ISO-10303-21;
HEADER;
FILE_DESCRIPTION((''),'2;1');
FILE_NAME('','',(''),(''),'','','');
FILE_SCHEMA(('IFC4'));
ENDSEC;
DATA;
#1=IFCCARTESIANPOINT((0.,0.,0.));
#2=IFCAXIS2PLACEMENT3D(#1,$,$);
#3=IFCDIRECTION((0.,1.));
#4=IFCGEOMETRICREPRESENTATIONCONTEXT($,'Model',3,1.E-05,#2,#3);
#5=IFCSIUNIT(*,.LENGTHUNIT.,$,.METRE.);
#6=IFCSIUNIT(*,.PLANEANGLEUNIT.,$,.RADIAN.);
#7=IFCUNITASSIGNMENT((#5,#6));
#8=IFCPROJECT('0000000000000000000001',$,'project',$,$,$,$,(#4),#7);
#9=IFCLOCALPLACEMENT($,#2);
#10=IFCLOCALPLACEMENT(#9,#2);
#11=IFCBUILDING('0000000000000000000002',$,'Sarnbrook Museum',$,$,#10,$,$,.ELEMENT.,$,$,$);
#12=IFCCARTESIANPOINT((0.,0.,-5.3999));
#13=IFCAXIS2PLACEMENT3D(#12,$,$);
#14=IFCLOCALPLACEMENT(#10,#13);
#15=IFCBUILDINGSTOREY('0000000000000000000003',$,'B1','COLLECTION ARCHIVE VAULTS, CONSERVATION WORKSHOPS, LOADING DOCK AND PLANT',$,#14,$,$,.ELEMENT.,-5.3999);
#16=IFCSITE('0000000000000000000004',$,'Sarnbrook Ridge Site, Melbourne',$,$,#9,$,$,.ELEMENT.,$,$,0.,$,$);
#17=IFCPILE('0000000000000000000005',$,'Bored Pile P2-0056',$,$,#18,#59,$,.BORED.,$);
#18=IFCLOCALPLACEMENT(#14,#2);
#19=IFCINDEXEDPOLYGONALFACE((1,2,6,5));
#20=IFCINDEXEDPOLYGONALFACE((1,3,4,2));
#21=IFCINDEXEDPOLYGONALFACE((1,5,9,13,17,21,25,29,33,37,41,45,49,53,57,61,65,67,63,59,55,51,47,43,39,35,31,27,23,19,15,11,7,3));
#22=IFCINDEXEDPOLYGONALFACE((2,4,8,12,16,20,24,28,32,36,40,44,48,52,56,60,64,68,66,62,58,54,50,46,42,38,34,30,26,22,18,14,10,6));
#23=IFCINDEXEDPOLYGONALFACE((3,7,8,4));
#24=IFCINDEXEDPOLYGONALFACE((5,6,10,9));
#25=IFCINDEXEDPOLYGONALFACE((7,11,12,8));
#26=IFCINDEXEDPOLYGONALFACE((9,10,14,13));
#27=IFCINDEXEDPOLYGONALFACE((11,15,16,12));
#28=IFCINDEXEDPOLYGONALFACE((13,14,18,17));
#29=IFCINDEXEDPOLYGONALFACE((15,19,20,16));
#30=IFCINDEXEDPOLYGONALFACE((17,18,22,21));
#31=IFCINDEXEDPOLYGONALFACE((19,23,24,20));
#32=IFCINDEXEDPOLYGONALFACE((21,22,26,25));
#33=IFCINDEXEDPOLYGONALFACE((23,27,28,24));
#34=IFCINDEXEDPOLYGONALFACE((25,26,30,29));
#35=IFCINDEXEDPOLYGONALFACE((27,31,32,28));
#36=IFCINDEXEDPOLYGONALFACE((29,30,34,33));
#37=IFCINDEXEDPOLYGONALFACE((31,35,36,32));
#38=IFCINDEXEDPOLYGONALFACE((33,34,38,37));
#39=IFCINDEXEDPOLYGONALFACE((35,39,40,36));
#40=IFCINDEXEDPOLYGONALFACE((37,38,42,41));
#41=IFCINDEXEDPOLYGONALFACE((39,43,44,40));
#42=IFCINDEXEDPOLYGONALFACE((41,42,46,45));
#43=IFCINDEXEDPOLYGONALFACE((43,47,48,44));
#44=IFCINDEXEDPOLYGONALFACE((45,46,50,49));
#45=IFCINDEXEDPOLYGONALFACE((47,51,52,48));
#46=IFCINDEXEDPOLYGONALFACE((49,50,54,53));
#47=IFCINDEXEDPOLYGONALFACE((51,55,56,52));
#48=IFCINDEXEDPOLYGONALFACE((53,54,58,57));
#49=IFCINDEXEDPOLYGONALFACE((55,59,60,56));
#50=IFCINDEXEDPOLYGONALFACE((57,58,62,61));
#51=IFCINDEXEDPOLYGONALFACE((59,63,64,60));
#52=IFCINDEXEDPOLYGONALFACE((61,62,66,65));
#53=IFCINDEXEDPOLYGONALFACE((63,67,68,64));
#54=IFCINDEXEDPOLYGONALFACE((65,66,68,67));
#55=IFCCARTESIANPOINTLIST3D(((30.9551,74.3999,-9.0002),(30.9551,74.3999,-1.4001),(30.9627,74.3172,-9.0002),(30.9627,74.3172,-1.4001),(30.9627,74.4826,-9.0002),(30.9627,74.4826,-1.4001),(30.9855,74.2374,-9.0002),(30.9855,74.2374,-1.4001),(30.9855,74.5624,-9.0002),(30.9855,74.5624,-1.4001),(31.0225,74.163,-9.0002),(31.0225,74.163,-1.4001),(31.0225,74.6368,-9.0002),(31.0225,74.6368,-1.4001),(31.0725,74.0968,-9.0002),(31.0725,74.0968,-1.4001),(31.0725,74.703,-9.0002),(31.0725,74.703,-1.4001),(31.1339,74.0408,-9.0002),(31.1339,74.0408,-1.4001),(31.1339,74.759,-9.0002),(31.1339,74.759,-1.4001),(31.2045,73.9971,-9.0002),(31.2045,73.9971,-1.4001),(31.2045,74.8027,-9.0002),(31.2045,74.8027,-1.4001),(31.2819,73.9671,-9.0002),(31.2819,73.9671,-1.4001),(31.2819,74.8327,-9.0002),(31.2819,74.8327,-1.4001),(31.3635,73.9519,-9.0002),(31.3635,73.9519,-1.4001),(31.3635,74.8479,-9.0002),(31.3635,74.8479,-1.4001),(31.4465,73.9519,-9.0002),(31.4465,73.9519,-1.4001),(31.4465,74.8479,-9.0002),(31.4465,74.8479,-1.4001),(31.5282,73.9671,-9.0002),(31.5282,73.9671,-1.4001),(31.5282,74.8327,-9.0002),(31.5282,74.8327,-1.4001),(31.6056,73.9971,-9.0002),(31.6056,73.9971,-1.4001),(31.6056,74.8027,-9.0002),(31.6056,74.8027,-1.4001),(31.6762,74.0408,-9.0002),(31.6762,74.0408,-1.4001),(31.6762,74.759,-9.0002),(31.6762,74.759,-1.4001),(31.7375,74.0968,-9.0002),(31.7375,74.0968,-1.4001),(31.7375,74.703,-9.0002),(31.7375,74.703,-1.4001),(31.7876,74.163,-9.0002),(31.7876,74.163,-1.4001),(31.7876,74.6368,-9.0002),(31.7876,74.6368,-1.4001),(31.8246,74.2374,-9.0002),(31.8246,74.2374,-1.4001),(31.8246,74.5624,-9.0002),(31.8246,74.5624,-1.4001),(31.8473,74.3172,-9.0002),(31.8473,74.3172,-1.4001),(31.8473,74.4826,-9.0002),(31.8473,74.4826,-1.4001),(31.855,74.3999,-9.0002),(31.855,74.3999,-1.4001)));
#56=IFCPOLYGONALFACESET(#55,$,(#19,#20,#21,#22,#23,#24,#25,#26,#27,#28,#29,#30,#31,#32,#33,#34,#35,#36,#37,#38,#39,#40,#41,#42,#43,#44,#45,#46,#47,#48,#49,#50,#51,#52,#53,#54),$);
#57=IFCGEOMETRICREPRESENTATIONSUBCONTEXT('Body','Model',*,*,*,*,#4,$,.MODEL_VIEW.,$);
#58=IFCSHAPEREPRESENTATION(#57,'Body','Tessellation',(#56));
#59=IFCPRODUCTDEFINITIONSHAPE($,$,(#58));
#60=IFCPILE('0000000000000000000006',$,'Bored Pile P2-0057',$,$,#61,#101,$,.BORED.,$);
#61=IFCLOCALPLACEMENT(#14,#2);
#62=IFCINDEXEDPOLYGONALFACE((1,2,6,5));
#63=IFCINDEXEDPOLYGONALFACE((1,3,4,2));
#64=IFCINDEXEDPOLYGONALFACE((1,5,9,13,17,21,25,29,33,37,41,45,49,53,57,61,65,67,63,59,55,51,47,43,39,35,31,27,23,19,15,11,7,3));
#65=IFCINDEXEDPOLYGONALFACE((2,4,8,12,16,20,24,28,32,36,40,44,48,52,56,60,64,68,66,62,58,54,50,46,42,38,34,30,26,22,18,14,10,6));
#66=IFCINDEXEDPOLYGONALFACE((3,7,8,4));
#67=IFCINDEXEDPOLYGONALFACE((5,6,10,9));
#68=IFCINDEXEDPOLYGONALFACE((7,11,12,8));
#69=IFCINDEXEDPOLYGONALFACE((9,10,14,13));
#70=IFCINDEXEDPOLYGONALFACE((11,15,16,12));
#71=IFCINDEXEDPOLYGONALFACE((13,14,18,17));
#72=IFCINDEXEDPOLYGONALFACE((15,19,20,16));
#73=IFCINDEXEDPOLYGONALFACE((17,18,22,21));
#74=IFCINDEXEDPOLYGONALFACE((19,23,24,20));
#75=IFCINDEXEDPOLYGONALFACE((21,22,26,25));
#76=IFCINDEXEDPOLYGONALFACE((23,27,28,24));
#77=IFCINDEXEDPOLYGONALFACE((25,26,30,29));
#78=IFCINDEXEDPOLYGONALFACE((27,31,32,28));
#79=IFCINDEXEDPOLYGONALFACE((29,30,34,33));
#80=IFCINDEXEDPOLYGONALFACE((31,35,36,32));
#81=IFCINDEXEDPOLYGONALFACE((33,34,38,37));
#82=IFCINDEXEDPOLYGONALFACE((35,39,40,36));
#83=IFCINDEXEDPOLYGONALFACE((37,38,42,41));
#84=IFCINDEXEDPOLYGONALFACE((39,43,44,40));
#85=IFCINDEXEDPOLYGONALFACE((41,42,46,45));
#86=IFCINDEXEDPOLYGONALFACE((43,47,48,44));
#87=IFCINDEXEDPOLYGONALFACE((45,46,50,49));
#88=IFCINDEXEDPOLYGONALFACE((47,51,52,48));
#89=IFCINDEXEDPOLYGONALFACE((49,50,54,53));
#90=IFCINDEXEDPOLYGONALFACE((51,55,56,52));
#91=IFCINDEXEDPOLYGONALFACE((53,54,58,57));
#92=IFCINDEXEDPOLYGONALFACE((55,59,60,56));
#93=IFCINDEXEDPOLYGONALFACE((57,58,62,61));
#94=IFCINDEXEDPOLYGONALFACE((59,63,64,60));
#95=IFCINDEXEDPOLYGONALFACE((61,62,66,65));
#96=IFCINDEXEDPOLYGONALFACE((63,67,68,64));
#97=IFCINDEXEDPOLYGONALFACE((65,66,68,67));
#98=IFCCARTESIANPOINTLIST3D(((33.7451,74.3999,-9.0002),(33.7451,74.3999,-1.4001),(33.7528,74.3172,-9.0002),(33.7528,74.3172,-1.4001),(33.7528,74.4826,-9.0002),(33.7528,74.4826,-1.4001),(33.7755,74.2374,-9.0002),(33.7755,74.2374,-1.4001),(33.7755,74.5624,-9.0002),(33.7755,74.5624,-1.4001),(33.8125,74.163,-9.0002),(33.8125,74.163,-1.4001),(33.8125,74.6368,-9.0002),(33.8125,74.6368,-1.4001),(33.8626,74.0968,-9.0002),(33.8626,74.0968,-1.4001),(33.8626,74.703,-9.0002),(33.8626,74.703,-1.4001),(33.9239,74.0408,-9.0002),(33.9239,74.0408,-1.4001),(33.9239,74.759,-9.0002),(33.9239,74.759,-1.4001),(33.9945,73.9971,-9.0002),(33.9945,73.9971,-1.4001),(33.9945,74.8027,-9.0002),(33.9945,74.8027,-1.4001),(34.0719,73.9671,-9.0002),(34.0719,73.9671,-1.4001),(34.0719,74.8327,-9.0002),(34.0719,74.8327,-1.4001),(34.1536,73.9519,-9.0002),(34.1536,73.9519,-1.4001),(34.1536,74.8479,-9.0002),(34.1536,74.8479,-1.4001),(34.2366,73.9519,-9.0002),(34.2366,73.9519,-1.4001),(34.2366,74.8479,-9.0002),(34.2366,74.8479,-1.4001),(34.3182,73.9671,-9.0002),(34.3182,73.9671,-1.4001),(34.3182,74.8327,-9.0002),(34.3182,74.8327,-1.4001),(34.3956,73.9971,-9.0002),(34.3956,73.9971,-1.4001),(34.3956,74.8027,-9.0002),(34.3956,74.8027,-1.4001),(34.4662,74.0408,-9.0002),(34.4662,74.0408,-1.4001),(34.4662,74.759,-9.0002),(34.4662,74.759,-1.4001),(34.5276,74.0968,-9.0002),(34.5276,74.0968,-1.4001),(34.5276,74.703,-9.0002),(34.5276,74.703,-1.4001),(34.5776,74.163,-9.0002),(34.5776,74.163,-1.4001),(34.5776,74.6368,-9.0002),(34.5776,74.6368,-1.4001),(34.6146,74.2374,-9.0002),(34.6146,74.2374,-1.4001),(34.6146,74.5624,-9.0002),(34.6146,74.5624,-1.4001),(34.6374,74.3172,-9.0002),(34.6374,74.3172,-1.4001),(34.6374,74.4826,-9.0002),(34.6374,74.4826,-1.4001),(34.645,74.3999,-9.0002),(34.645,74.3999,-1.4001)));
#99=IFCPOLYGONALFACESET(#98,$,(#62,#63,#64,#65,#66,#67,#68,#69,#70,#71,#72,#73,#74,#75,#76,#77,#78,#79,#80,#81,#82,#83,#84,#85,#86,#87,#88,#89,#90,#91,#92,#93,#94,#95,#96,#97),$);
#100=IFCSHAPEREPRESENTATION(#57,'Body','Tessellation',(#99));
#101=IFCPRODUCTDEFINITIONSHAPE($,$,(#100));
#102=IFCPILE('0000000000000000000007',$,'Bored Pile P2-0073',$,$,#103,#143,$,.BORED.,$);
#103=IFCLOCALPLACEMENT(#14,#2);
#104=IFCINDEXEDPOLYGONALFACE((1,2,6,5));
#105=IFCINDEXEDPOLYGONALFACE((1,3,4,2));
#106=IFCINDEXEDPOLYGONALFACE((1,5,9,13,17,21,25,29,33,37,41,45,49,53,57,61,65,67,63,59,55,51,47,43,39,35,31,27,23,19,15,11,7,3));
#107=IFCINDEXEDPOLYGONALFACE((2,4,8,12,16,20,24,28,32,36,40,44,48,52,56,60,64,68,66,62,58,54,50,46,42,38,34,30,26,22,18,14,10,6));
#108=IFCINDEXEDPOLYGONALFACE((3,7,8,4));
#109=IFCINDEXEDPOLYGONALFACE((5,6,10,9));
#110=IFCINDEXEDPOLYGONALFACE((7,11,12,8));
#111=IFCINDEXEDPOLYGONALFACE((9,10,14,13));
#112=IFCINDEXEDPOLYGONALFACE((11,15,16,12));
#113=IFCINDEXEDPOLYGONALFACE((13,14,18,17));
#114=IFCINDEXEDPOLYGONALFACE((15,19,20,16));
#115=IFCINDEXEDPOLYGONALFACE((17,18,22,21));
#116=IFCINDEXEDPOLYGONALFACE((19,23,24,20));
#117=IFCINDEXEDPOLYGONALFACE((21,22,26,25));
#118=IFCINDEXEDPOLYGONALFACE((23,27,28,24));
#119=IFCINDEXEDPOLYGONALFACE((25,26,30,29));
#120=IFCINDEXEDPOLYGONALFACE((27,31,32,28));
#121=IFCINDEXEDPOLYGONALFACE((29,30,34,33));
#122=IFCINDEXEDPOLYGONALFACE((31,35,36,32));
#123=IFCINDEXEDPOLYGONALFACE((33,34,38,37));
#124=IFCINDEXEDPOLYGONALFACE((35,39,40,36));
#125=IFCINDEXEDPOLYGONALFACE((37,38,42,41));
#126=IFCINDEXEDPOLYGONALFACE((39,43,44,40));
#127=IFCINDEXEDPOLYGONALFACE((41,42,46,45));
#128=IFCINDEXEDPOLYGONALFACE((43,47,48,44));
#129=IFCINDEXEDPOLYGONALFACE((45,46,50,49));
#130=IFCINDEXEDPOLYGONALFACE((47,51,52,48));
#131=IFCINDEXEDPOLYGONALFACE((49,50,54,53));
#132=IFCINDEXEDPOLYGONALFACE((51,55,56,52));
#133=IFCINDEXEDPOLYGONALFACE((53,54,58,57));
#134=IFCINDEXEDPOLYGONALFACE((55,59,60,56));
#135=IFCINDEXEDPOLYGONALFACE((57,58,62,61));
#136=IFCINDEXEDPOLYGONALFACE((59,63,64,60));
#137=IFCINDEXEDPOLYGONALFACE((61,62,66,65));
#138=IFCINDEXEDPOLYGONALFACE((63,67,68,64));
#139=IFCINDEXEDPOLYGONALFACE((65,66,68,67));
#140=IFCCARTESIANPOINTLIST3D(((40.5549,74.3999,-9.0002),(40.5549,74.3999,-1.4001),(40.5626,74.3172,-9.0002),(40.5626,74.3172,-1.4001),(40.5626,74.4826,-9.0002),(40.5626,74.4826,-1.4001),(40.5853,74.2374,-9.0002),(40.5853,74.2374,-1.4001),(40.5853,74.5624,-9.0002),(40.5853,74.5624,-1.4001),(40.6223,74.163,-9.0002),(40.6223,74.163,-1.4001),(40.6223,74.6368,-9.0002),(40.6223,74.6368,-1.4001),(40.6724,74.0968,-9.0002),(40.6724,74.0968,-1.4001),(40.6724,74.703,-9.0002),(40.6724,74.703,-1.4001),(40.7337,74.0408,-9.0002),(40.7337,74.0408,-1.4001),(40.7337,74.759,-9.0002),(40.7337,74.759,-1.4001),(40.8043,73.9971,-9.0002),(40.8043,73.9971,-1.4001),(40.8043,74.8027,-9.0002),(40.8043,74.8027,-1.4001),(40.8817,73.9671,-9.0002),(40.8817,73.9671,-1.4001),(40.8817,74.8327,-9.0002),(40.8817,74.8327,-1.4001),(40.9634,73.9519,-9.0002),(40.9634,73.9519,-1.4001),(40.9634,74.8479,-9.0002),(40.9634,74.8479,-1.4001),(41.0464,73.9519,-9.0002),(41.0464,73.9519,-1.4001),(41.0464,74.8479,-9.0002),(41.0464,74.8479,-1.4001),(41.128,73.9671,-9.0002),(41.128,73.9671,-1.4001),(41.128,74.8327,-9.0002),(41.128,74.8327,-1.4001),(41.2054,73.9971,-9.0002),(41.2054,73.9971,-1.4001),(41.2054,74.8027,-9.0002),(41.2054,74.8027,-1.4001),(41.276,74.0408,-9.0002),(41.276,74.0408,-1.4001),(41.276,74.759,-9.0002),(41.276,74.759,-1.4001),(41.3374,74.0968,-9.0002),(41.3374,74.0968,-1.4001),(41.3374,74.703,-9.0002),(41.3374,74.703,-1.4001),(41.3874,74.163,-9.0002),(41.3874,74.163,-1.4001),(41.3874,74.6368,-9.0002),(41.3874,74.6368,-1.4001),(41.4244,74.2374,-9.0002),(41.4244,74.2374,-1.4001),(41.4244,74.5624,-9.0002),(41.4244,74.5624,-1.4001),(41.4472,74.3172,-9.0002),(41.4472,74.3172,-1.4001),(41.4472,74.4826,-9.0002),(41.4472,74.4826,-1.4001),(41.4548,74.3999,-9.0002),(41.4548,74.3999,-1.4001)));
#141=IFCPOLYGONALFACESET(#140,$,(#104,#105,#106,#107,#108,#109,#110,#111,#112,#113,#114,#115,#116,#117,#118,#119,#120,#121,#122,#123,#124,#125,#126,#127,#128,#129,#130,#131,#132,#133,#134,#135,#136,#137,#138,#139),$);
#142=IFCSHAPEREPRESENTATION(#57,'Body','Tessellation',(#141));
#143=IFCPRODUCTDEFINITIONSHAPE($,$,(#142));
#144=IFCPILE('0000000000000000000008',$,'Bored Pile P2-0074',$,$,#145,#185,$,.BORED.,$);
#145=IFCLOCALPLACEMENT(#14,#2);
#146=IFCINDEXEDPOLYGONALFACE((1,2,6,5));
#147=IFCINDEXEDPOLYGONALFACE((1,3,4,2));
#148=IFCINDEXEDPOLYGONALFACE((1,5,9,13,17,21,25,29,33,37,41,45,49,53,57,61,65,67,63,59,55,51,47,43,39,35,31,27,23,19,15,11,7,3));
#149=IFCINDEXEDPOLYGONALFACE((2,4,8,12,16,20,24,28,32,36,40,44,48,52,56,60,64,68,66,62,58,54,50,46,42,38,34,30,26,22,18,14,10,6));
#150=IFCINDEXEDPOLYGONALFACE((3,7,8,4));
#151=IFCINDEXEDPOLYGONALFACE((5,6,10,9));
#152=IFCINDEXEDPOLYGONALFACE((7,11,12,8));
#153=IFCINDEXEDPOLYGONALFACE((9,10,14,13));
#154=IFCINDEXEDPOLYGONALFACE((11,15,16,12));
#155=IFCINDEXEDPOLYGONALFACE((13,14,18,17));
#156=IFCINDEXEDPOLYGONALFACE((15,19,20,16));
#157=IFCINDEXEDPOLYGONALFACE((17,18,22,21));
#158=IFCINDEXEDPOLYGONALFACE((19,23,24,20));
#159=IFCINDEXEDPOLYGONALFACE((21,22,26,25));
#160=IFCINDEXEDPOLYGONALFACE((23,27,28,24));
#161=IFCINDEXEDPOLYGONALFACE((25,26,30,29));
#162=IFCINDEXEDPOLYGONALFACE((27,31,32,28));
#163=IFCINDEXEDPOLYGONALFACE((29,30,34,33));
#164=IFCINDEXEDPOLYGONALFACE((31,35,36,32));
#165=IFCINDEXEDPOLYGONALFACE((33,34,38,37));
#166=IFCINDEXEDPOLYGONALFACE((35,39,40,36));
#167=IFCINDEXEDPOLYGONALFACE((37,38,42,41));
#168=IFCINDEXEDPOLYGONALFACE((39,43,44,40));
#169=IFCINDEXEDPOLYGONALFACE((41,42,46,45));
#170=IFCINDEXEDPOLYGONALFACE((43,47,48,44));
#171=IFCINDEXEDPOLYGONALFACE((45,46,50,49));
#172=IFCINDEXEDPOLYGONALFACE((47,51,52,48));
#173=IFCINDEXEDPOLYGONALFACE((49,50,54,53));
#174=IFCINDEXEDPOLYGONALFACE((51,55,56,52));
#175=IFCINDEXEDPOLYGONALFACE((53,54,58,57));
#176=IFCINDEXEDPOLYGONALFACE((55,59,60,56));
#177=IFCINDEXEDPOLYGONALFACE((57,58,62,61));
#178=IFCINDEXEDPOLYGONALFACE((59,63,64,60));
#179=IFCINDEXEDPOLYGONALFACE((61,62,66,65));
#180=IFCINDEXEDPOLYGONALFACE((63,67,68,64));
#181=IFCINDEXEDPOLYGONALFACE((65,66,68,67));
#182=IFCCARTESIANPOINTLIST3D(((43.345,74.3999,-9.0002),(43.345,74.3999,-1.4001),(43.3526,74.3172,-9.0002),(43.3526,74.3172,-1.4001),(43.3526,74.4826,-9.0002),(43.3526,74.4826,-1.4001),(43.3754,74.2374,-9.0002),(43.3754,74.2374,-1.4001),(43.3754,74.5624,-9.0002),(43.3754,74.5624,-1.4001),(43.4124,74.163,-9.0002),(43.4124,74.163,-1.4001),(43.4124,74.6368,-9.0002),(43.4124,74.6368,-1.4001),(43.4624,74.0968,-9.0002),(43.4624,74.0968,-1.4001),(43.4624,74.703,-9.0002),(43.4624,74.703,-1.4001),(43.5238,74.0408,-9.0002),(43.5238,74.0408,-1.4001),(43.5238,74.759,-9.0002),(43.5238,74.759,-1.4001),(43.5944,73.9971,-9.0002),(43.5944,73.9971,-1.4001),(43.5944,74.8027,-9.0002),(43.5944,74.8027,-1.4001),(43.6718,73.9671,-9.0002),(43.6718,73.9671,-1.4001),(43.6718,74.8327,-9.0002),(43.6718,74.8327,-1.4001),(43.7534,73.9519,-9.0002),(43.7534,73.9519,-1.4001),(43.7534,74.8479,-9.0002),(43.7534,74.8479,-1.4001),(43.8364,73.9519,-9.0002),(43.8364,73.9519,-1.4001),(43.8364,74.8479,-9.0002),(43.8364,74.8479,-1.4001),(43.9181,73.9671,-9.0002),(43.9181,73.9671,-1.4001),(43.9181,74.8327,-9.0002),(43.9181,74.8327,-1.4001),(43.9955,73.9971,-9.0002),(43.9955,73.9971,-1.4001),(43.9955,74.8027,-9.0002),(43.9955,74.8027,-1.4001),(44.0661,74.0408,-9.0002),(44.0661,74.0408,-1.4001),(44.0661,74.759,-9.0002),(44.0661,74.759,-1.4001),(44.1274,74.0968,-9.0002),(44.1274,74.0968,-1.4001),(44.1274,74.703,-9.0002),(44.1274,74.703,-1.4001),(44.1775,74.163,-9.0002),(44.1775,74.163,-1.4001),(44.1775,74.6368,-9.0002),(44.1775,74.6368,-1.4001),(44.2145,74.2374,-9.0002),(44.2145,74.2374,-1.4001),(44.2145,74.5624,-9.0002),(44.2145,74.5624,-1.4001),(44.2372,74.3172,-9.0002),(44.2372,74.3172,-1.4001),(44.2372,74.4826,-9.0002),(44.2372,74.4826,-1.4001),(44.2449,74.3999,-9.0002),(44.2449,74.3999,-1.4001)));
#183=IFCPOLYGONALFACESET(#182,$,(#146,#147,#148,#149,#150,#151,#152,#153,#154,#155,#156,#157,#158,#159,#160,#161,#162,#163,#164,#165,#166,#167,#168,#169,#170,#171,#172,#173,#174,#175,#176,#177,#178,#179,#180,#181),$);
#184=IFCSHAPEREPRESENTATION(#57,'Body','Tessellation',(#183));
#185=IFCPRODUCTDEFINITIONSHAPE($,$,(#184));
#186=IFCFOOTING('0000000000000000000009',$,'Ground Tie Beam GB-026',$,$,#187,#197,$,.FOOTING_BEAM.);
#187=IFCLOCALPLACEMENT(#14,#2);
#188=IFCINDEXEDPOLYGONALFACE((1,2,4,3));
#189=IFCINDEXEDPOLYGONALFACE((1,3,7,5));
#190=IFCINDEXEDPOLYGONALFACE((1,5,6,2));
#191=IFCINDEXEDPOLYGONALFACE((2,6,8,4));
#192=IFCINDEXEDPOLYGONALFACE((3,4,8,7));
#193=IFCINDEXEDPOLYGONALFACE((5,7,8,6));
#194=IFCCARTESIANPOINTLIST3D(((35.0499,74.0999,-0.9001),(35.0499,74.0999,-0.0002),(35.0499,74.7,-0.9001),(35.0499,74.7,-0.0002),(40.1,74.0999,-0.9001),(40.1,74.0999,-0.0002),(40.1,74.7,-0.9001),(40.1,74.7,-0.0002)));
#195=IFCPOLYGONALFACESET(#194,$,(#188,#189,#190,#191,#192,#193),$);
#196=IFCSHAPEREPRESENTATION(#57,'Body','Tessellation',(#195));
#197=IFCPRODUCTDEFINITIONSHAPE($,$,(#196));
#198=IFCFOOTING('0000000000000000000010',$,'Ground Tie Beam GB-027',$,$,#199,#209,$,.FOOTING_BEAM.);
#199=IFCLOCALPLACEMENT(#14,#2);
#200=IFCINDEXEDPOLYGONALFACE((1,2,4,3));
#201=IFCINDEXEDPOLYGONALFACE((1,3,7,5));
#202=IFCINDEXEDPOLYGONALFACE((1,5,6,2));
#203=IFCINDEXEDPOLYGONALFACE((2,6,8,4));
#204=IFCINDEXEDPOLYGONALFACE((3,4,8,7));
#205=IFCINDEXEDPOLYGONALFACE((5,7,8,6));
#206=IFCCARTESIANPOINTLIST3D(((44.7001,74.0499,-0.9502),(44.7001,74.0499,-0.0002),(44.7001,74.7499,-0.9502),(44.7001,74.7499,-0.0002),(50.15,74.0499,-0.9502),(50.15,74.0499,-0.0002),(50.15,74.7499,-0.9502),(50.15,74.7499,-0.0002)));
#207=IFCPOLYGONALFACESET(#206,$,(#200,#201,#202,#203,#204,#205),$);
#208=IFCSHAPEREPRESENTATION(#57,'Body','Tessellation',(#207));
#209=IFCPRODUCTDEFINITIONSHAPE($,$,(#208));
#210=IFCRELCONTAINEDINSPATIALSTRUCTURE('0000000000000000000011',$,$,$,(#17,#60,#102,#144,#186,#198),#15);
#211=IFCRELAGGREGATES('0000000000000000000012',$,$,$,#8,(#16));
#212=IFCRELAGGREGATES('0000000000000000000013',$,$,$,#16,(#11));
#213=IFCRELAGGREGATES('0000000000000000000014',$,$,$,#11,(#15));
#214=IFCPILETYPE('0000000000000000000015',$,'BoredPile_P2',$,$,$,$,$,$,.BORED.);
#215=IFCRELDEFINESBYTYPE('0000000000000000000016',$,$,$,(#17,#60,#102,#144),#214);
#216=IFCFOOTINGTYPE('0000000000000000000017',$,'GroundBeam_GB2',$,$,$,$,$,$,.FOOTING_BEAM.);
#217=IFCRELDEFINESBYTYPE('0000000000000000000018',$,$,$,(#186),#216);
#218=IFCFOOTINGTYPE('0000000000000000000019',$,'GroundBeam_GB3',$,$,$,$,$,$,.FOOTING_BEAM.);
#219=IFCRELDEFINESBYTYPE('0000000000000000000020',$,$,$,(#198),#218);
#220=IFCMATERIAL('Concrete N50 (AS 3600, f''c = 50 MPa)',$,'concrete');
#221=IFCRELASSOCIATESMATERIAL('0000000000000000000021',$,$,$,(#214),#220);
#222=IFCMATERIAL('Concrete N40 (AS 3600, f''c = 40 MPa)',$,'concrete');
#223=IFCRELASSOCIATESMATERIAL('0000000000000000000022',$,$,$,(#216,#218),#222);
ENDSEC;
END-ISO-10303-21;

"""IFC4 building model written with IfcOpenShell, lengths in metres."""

from ifc_helpers import new_model, si_unit, direction, frame, origin, origin_2d, place, context, subcontext, project, spatial, rectangle, circle, extrude, material, material_profile, profile_set, type_object, element, save


model = new_model("IFC4")

# Units and contexts
model_context = context("Model", 3, precision=1e-05, world=origin(), true_north=direction((0.0, 1.0)))
body_context = subcontext(model_context, "Body", "Model", "MODEL_VIEW")
ifc_project = project(units=[si_unit("LENGTHUNIT", "METRE"), si_unit("PLANEANGLEUNIT", "RADIAN")], contexts=[model_context])

# Site, building, storey
site_placement = place(None, origin())
site = spatial("IfcSite", under=ifc_project, at=site_placement, Name="Sarnbrook Ridge Site, Melbourne", CompositionType="ELEMENT", RefElevation=0.0)
building_placement = place(site_placement, origin())
building = spatial("IfcBuilding", under=site, at=building_placement, Name="Sarnbrook Museum", CompositionType="ELEMENT")
storey_placement = place(building_placement, frame((0.0, 0.0, -5.3999)))
storey = spatial("IfcBuildingStorey", under=building, at=storey_placement, Name="B1", Description="COLLECTION ARCHIVE VAULTS, CONSERVATION WORKSHOPS, LOADING DOCK AND PLANT", CompositionType="ELEMENT", Elevation=-5.3999)

# Piles
ifc_material_1 = material(Name="Concrete N50 (AS 3600, f'c = 50 MPa)", Category="concrete")
ifc_material_profile_1 = material_profile(ifc_material_1, circle(Radius=0.45, at=origin_2d()), Name="BORED PILE D900")
ifc_profile_set_1 = profile_set([ifc_material_profile_1], Name="Concrete N50 (AS 3600, f'c = 50 MPa)")
pile_type = type_object("IfcPileType", Name="BoredPile_P2", PredefinedType="BORED", material=ifc_profile_set_1)
for number, where, z_axis, x_axis, name in (
    (1, (31.405, 74.3999, -1.4001), (0.0, 0.0, -1.0), (1.0, 0.0, 0.0), "Bored Pile P2-0056"),
    (2, (34.1951, 74.3999, -1.4001), (0.0, 0.0, -1.0), (1.0, 0.0, 0.0), "Bored Pile P2-0057"),
    (3, (41.0049, 74.3999, -1.4001), (0.0, 0.0, -1.0), (1.0, 0.0, 0.0), "Bored Pile P2-0073"),
    (4, (43.7949, 74.3999, -1.4001), (0.0, 0.0, -1.0), (1.0, 0.0, 0.0), "Bored Pile P2-0074"),
):
    element("IfcPile", number, at=place(storey_placement, frame(where, z_axis=z_axis, x_axis=x_axis)), inside=storey, type_object=pile_type, Name=name, PredefinedType="BORED", context=body_context, shape_type="SweptSolid", body=[
        extrude(circle(Radius=0.45, at=origin_2d()), origin(), (0.0, 0.0, 1.0), 7.6001),
    ])

# Footings
ifc_material_2 = material(Name="Concrete N40 (AS 3600, f'c = 40 MPa)", Category="concrete")
footing_type_1 = type_object("IfcFootingType", Name="GroundBeam_GB2", PredefinedType="FOOTING_BEAM", material=ifc_material_2)
footing_1_placement = place(storey_placement, frame((37.575, 74.3999, -0.9001), z_axis=(0.0, 0.0, 1.0), x_axis=(1.0, 0.0, 0.0)))
element("IfcFooting", 5, at=footing_1_placement, inside=storey, type_object=footing_type_1, Name="Ground Tie Beam GB-026", PredefinedType="FOOTING_BEAM", context=body_context, shape_type="SweptSolid", body=[
    extrude(rectangle(XDim=5.05, YDim=0.6001, at=origin_2d()), origin(), (0.0, 0.0, 1.0), 0.8999),
])
footing_type_2 = type_object("IfcFootingType", Name="GroundBeam_GB3", PredefinedType="FOOTING_BEAM", material=ifc_material_2)
footing_2_placement = place(storey_placement, frame((47.425, 74.3999, -0.9502), z_axis=(0.0, 0.0, 1.0), x_axis=(1.0, 0.0, 0.0)))
element("IfcFooting", 6, at=footing_2_placement, inside=storey, type_object=footing_type_2, Name="Ground Tie Beam GB-027", PredefinedType="FOOTING_BEAM", context=body_context, shape_type="SweptSolid", body=[
    extrude(rectangle(XDim=5.45, YDim=0.7, at=origin_2d()), origin(), (0.0, 0.0, 1.0), 0.95),
])

save(model, "model.ifc")
